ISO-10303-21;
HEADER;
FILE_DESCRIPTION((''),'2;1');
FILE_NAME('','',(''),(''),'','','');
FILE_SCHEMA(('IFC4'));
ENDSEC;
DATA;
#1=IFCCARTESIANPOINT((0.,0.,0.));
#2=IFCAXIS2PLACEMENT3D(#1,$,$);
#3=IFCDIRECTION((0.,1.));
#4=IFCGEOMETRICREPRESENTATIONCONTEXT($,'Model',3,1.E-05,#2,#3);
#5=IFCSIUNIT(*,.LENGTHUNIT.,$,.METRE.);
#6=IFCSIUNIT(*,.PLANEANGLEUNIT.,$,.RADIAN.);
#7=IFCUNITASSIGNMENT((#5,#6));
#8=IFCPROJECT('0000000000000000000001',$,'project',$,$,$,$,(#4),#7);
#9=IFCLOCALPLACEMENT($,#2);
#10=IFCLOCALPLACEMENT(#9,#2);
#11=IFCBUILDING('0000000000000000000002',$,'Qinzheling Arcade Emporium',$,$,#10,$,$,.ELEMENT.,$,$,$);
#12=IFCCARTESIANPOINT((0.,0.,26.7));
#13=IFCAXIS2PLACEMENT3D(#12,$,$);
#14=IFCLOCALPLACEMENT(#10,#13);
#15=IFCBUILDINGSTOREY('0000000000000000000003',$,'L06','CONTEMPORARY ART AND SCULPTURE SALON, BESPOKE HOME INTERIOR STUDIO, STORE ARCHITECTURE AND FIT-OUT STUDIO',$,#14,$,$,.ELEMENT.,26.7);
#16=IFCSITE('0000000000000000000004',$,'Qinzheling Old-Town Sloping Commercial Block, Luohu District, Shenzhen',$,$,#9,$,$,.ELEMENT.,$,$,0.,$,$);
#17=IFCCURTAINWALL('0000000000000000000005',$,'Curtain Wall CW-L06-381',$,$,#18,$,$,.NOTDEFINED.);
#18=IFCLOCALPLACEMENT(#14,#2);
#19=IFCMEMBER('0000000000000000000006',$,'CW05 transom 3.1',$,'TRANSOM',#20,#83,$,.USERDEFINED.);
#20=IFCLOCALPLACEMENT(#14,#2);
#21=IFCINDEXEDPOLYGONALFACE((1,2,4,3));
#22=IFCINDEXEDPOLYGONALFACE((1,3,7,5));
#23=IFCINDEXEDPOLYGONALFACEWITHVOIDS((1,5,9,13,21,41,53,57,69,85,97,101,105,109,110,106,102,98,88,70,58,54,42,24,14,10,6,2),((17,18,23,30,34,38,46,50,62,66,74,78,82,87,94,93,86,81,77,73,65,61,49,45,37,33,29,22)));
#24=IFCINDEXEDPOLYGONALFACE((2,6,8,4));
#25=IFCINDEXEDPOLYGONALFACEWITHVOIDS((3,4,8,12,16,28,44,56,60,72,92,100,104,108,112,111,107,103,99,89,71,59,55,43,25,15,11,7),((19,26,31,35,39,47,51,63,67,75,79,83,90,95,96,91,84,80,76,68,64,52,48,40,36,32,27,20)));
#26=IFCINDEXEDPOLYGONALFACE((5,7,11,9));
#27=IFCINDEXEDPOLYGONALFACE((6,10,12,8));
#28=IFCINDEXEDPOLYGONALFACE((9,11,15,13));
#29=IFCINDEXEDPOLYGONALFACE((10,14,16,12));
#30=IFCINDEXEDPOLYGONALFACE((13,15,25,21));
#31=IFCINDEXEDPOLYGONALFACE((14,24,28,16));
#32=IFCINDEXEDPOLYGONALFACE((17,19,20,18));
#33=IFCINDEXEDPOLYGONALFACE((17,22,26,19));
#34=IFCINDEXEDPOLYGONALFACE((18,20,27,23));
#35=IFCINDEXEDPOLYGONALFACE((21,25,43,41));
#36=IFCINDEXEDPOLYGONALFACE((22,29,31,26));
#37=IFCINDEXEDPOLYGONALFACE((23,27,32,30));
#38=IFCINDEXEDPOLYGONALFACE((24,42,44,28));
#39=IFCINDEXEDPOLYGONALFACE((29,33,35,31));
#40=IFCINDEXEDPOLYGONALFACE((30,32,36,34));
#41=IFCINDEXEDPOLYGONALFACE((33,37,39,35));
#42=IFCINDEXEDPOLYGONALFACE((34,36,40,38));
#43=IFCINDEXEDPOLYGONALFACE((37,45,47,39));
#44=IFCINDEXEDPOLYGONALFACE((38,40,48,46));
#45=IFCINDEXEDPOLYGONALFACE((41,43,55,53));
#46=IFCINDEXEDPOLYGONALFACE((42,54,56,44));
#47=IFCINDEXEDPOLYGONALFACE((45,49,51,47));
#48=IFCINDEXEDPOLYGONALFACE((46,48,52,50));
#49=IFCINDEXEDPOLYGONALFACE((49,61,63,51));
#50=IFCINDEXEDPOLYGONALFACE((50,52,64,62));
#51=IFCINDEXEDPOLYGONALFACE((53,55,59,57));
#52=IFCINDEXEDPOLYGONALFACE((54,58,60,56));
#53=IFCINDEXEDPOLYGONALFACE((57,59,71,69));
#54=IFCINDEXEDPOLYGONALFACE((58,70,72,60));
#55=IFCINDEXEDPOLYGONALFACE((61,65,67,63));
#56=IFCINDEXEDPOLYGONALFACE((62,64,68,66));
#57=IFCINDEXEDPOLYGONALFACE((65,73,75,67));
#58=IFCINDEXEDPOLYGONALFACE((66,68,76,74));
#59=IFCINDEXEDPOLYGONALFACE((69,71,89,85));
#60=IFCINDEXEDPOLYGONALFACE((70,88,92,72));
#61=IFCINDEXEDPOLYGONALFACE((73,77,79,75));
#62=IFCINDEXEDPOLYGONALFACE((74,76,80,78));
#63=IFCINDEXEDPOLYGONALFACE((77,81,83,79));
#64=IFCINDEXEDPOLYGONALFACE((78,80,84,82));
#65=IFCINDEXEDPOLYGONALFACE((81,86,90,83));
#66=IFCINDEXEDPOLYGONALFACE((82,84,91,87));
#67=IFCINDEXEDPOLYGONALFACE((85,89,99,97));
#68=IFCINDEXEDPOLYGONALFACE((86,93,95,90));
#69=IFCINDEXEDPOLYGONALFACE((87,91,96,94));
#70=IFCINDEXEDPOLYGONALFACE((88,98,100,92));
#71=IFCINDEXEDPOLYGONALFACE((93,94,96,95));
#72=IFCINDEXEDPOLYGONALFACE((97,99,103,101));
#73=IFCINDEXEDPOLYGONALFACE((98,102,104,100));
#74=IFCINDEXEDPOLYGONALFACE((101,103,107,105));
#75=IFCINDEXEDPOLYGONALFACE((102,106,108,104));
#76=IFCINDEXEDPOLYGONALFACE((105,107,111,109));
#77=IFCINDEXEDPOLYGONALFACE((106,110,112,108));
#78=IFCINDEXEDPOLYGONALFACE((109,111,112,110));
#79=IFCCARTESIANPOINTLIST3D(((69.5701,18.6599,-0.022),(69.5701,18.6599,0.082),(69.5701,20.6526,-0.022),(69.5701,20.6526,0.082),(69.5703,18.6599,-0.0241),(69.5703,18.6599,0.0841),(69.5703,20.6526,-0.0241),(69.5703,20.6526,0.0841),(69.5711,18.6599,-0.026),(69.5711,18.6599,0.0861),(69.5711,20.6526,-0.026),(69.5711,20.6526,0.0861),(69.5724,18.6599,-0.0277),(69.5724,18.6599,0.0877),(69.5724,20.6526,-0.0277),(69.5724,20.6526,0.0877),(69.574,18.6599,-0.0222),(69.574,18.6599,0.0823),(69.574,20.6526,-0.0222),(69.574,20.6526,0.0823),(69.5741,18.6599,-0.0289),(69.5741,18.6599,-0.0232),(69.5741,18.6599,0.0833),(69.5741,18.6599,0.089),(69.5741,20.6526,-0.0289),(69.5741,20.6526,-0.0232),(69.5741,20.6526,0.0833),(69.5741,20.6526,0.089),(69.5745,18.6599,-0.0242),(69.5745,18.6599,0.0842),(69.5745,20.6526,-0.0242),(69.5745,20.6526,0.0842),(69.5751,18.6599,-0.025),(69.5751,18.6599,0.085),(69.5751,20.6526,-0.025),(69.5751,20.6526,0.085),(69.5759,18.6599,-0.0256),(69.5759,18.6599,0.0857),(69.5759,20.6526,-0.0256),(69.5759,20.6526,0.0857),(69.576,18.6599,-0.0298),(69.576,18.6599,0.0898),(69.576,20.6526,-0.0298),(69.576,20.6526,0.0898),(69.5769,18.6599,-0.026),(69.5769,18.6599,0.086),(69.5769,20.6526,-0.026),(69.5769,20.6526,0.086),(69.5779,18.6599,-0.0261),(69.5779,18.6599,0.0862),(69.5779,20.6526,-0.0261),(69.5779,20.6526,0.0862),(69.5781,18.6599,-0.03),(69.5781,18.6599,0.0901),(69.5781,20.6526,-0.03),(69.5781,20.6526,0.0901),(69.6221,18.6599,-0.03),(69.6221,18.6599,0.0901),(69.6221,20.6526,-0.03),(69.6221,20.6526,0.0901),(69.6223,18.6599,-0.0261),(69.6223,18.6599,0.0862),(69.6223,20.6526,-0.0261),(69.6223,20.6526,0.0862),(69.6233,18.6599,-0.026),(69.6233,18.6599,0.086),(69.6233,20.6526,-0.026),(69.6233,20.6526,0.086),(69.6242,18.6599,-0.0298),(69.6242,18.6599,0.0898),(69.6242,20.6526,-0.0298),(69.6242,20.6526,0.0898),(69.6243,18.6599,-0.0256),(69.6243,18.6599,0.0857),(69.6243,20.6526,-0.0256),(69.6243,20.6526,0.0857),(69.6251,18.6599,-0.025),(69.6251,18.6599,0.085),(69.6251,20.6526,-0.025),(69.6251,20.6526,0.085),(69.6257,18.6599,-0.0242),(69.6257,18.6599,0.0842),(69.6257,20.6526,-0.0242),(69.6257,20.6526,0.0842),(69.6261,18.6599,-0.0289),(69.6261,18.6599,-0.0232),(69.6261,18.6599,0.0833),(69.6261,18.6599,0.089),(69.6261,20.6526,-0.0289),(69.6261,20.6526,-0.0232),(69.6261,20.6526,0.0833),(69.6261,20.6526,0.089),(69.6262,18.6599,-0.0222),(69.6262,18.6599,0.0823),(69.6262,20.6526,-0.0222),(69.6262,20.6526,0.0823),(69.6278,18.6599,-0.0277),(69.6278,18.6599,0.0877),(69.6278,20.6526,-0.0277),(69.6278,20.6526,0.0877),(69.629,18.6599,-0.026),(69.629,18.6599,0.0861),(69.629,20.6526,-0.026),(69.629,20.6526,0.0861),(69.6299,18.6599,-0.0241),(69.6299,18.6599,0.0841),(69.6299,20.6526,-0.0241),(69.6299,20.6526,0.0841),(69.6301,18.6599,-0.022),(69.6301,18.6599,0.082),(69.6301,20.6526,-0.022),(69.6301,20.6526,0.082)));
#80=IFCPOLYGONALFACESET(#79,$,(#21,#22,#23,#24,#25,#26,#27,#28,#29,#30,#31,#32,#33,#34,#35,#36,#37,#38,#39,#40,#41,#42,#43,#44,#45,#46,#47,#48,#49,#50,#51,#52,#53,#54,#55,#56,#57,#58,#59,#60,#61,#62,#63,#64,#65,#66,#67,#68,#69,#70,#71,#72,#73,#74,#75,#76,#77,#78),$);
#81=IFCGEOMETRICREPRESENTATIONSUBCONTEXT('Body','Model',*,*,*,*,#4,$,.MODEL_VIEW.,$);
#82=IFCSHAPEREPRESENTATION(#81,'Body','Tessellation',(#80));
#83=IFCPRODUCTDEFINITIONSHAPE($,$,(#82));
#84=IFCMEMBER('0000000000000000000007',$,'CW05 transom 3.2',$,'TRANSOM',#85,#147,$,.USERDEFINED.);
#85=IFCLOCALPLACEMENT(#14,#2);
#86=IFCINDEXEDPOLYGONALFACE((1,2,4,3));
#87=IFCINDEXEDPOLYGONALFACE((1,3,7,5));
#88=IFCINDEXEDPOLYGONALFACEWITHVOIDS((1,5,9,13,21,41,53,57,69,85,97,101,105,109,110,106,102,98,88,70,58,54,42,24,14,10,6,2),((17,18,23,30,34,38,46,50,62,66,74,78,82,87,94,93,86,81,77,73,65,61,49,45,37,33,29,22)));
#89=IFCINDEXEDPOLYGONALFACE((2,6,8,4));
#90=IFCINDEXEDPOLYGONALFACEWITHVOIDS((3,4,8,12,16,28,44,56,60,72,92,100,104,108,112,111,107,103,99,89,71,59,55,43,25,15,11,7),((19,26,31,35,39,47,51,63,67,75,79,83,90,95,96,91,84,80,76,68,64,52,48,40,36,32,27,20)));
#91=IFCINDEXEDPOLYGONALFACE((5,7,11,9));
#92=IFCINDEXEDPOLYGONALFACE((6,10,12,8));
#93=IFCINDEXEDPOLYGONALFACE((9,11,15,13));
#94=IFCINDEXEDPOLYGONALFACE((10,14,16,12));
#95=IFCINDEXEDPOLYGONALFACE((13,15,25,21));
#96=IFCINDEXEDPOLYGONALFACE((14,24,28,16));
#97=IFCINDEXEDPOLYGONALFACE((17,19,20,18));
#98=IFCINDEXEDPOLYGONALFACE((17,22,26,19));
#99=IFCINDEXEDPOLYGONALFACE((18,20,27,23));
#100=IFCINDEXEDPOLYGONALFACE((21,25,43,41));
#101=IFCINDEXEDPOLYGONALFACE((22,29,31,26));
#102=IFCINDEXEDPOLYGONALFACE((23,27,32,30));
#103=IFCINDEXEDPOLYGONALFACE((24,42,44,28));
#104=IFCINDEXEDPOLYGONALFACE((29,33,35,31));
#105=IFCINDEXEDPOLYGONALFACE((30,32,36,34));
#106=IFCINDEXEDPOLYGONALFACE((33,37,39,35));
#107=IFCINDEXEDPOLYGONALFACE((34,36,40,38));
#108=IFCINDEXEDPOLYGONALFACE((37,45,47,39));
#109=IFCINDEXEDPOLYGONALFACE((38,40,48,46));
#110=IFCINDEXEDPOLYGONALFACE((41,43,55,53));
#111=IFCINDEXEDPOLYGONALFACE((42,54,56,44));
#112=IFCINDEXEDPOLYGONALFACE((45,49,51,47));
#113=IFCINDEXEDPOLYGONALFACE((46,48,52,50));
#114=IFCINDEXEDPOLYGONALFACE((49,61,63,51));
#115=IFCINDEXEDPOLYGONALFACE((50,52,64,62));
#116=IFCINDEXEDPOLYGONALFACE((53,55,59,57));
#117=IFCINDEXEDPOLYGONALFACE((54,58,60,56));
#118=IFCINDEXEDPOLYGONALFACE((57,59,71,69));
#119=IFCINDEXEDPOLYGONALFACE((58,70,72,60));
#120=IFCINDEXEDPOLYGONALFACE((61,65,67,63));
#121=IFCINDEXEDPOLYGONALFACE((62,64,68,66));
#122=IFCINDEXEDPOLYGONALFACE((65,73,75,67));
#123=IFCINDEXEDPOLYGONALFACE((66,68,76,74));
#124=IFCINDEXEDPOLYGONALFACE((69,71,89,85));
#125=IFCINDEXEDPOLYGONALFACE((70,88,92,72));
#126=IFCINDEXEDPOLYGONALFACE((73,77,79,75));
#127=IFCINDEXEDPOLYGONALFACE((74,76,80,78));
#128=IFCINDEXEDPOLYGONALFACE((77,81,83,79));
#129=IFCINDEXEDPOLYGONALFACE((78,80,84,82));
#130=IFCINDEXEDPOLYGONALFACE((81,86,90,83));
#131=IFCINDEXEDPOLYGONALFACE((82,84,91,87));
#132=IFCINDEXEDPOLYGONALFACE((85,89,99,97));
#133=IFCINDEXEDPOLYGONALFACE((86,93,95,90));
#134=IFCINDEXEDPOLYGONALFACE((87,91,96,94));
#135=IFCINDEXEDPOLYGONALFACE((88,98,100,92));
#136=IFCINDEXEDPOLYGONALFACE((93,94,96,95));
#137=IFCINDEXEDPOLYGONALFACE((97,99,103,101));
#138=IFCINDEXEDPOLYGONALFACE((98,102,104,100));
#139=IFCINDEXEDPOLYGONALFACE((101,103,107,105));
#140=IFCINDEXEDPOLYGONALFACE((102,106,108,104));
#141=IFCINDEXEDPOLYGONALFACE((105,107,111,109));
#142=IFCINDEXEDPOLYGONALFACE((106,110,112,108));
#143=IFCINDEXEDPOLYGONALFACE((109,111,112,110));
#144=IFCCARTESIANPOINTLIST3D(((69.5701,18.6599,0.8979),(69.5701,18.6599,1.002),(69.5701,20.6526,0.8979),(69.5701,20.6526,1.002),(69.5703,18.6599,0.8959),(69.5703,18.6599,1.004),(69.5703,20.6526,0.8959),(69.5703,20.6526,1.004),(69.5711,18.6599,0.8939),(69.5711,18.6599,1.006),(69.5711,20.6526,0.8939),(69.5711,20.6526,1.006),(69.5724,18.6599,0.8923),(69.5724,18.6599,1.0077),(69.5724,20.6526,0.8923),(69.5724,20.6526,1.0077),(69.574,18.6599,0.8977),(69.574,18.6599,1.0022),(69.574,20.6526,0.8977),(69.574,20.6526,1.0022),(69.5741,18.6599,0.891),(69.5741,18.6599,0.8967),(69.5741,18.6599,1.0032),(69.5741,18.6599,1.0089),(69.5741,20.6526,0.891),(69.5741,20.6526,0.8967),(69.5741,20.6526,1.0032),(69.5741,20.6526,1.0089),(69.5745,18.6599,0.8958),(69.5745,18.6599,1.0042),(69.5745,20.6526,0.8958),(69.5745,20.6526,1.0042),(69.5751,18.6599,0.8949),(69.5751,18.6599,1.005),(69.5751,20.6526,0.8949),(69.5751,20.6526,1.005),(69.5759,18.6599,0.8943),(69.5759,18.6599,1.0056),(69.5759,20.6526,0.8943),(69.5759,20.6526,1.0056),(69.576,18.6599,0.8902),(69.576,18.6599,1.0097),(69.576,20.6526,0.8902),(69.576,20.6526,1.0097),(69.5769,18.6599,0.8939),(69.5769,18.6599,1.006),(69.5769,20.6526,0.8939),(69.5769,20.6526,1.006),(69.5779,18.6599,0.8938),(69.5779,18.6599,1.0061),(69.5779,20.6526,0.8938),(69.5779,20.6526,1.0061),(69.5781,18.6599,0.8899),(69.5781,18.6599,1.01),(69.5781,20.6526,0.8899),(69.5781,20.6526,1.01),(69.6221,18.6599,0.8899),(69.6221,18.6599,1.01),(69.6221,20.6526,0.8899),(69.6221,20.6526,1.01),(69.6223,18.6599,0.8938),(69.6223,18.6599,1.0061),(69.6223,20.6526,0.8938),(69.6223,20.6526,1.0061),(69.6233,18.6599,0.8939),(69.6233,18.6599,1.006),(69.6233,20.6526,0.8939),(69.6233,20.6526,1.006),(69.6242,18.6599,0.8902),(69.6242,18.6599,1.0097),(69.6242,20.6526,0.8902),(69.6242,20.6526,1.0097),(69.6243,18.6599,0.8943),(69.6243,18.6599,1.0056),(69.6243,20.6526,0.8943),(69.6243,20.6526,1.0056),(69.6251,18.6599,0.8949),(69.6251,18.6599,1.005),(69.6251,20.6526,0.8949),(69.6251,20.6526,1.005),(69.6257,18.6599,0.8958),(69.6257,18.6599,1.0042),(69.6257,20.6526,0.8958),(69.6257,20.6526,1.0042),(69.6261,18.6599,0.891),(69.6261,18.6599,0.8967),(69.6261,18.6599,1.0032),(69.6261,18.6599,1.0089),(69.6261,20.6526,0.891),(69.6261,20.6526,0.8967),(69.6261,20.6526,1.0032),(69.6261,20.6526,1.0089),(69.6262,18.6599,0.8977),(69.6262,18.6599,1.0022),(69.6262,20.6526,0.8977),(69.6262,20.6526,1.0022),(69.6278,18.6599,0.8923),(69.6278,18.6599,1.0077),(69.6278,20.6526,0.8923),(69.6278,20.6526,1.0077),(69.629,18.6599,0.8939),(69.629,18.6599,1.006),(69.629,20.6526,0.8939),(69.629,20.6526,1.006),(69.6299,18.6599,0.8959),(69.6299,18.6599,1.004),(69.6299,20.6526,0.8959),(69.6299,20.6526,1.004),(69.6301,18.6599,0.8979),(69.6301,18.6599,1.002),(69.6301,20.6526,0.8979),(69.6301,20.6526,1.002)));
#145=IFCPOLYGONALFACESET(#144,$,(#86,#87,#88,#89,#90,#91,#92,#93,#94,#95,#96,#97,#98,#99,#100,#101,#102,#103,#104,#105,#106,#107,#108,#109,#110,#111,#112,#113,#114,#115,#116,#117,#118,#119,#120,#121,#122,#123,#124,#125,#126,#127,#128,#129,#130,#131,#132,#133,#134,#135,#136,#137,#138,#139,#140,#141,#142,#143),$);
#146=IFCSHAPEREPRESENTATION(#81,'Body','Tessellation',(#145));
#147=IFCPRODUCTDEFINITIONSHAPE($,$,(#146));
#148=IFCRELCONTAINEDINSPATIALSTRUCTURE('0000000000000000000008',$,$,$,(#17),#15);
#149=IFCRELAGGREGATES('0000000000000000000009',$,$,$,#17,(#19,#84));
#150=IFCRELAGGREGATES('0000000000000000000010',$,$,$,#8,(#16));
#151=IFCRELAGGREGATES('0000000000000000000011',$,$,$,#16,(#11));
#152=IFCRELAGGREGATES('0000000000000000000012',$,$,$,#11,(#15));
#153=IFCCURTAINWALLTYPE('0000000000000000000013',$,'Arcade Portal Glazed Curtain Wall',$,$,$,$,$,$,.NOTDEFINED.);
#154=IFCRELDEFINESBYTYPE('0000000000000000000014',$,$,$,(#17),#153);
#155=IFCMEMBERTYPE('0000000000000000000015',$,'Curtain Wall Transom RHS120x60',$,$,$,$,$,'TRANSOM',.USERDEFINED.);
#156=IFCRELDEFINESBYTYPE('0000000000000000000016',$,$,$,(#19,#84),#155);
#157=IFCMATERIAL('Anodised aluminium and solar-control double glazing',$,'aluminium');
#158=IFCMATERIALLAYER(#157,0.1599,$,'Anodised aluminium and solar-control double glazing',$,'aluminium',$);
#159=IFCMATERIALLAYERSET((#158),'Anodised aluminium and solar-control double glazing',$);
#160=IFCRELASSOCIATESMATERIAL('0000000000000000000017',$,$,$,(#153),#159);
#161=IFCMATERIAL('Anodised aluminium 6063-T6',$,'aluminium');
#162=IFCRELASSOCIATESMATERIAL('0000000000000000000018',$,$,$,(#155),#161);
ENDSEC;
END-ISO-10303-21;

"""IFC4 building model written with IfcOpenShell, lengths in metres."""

from ifc_helpers import new_model, si_unit, direction, frame, origin, origin_2d, place, context, subcontext, project, spatial, hollow_rectangle, extrude, material, layer, layer_set, material_profile, profile_set, type_object, element, aggregate, save


model = new_model("IFC4")

# Units and contexts
model_context = context("Model", 3, precision=1e-05, world=origin(), true_north=direction((0.0, 1.0)))
body_context = subcontext(model_context, "Body", "Model", "MODEL_VIEW")
ifc_project = project(units=[si_unit("LENGTHUNIT", "METRE"), si_unit("PLANEANGLEUNIT", "RADIAN")], contexts=[model_context])

# Site, building, storey
site_placement = place(None, origin())
site = spatial("IfcSite", under=ifc_project, at=site_placement, Name="Qinzheling Old-Town Sloping Commercial Block, Luohu District, Shenzhen", CompositionType="ELEMENT", RefElevation=0.0)
building_placement = place(site_placement, origin())
building = spatial("IfcBuilding", under=site, at=building_placement, Name="Qinzheling Arcade Emporium", CompositionType="ELEMENT")
storey_placement = place(building_placement, frame((0.0, 0.0, 26.7)))
storey = spatial("IfcBuildingStorey", under=building, at=storey_placement, Name="L06", Description="CONTEMPORARY ART AND SCULPTURE SALON, BESPOKE HOME INTERIOR STUDIO, STORE ARCHITECTURE AND FIT-OUT STUDIO", CompositionType="ELEMENT", Elevation=26.7)

# Curtain wall, members
ifc_material_1 = material(Name="Anodised aluminium and solar-control double glazing", Category="aluminium")
ifc_layer_1 = layer(ifc_material_1, 0.1599, Name="Anodised aluminium and solar-control double glazing", Category="aluminium")
ifc_layer_set_1 = layer_set([ifc_layer_1], Name="Anodised aluminium and solar-control double glazing")
curtain_wall_type = type_object("IfcCurtainWallType", Name="Arcade Portal Glazed Curtain Wall", PredefinedType="NOTDEFINED", material=ifc_layer_set_1)
curtain_wall_1_placement = place(storey_placement, origin())
curtain_wall_1 = element("IfcCurtainWall", 1, at=curtain_wall_1_placement, inside=storey, type_object=curtain_wall_type, Name="Curtain Wall CW-L06-381", PredefinedType="NOTDEFINED")
ifc_material_2 = material(Name="Anodised aluminium 6063-T6", Category="aluminium")
ifc_material_profile_1 = material_profile(ifc_material_2, hollow_rectangle(XDim=0.0601, YDim=0.1201, WallThickness=0.0039, InnerFilletRadius=0.0039, OuterFilletRadius=0.0081, at=origin_2d()), Name="RHS 120x60x4", Category="aluminium")
ifc_profile_set_1 = profile_set([ifc_material_profile_1], Name="Anodised aluminium 6063-T6")
member_type_1 = type_object("IfcMemberType", Name="Curtain Wall Transom RHS120x60", ElementType="TRANSOM", PredefinedType="USERDEFINED", material=ifc_profile_set_1)
member_1_placement = place(storey_placement, frame((69.6001, 20.6526, 0.03), z_axis=(0.0, -1.0, 0.0), x_axis=(1.0, 0.0, 0.0)))
member_1 = element("IfcMember", 2, at=member_1_placement, type_object=member_type_1, Name="CW05 transom 3.1", ObjectType="TRANSOM", PredefinedType="USERDEFINED", context=body_context, shape_type="SweptSolid", body=[
    extrude(hollow_rectangle(XDim=0.0601, YDim=0.1201, WallThickness=0.0039, InnerFilletRadius=0.0039, OuterFilletRadius=0.0081, at=origin_2d()), origin(), (0.0, 0.0, 1.0), 1.9927),
])
member_2_placement = place(storey_placement, frame((69.6001, 20.6526, 0.95), z_axis=(0.0, -1.0, 0.0), x_axis=(1.0, 0.0, 0.0)))
member_2 = element("IfcMember", 3, at=member_2_placement, type_object=member_type_1, Name="CW05 transom 3.2", ObjectType="TRANSOM", PredefinedType="USERDEFINED", context=body_context, shape_type="SweptSolid", body=[
    extrude(hollow_rectangle(XDim=0.0601, YDim=0.1201, WallThickness=0.0039, InnerFilletRadius=0.0039, OuterFilletRadius=0.0081, at=origin_2d()), origin(), (0.0, 0.0, 1.0), 1.9927),
])

aggregate(curtain_wall_1, [member_1, member_2])

save(model, "model.ifc")
